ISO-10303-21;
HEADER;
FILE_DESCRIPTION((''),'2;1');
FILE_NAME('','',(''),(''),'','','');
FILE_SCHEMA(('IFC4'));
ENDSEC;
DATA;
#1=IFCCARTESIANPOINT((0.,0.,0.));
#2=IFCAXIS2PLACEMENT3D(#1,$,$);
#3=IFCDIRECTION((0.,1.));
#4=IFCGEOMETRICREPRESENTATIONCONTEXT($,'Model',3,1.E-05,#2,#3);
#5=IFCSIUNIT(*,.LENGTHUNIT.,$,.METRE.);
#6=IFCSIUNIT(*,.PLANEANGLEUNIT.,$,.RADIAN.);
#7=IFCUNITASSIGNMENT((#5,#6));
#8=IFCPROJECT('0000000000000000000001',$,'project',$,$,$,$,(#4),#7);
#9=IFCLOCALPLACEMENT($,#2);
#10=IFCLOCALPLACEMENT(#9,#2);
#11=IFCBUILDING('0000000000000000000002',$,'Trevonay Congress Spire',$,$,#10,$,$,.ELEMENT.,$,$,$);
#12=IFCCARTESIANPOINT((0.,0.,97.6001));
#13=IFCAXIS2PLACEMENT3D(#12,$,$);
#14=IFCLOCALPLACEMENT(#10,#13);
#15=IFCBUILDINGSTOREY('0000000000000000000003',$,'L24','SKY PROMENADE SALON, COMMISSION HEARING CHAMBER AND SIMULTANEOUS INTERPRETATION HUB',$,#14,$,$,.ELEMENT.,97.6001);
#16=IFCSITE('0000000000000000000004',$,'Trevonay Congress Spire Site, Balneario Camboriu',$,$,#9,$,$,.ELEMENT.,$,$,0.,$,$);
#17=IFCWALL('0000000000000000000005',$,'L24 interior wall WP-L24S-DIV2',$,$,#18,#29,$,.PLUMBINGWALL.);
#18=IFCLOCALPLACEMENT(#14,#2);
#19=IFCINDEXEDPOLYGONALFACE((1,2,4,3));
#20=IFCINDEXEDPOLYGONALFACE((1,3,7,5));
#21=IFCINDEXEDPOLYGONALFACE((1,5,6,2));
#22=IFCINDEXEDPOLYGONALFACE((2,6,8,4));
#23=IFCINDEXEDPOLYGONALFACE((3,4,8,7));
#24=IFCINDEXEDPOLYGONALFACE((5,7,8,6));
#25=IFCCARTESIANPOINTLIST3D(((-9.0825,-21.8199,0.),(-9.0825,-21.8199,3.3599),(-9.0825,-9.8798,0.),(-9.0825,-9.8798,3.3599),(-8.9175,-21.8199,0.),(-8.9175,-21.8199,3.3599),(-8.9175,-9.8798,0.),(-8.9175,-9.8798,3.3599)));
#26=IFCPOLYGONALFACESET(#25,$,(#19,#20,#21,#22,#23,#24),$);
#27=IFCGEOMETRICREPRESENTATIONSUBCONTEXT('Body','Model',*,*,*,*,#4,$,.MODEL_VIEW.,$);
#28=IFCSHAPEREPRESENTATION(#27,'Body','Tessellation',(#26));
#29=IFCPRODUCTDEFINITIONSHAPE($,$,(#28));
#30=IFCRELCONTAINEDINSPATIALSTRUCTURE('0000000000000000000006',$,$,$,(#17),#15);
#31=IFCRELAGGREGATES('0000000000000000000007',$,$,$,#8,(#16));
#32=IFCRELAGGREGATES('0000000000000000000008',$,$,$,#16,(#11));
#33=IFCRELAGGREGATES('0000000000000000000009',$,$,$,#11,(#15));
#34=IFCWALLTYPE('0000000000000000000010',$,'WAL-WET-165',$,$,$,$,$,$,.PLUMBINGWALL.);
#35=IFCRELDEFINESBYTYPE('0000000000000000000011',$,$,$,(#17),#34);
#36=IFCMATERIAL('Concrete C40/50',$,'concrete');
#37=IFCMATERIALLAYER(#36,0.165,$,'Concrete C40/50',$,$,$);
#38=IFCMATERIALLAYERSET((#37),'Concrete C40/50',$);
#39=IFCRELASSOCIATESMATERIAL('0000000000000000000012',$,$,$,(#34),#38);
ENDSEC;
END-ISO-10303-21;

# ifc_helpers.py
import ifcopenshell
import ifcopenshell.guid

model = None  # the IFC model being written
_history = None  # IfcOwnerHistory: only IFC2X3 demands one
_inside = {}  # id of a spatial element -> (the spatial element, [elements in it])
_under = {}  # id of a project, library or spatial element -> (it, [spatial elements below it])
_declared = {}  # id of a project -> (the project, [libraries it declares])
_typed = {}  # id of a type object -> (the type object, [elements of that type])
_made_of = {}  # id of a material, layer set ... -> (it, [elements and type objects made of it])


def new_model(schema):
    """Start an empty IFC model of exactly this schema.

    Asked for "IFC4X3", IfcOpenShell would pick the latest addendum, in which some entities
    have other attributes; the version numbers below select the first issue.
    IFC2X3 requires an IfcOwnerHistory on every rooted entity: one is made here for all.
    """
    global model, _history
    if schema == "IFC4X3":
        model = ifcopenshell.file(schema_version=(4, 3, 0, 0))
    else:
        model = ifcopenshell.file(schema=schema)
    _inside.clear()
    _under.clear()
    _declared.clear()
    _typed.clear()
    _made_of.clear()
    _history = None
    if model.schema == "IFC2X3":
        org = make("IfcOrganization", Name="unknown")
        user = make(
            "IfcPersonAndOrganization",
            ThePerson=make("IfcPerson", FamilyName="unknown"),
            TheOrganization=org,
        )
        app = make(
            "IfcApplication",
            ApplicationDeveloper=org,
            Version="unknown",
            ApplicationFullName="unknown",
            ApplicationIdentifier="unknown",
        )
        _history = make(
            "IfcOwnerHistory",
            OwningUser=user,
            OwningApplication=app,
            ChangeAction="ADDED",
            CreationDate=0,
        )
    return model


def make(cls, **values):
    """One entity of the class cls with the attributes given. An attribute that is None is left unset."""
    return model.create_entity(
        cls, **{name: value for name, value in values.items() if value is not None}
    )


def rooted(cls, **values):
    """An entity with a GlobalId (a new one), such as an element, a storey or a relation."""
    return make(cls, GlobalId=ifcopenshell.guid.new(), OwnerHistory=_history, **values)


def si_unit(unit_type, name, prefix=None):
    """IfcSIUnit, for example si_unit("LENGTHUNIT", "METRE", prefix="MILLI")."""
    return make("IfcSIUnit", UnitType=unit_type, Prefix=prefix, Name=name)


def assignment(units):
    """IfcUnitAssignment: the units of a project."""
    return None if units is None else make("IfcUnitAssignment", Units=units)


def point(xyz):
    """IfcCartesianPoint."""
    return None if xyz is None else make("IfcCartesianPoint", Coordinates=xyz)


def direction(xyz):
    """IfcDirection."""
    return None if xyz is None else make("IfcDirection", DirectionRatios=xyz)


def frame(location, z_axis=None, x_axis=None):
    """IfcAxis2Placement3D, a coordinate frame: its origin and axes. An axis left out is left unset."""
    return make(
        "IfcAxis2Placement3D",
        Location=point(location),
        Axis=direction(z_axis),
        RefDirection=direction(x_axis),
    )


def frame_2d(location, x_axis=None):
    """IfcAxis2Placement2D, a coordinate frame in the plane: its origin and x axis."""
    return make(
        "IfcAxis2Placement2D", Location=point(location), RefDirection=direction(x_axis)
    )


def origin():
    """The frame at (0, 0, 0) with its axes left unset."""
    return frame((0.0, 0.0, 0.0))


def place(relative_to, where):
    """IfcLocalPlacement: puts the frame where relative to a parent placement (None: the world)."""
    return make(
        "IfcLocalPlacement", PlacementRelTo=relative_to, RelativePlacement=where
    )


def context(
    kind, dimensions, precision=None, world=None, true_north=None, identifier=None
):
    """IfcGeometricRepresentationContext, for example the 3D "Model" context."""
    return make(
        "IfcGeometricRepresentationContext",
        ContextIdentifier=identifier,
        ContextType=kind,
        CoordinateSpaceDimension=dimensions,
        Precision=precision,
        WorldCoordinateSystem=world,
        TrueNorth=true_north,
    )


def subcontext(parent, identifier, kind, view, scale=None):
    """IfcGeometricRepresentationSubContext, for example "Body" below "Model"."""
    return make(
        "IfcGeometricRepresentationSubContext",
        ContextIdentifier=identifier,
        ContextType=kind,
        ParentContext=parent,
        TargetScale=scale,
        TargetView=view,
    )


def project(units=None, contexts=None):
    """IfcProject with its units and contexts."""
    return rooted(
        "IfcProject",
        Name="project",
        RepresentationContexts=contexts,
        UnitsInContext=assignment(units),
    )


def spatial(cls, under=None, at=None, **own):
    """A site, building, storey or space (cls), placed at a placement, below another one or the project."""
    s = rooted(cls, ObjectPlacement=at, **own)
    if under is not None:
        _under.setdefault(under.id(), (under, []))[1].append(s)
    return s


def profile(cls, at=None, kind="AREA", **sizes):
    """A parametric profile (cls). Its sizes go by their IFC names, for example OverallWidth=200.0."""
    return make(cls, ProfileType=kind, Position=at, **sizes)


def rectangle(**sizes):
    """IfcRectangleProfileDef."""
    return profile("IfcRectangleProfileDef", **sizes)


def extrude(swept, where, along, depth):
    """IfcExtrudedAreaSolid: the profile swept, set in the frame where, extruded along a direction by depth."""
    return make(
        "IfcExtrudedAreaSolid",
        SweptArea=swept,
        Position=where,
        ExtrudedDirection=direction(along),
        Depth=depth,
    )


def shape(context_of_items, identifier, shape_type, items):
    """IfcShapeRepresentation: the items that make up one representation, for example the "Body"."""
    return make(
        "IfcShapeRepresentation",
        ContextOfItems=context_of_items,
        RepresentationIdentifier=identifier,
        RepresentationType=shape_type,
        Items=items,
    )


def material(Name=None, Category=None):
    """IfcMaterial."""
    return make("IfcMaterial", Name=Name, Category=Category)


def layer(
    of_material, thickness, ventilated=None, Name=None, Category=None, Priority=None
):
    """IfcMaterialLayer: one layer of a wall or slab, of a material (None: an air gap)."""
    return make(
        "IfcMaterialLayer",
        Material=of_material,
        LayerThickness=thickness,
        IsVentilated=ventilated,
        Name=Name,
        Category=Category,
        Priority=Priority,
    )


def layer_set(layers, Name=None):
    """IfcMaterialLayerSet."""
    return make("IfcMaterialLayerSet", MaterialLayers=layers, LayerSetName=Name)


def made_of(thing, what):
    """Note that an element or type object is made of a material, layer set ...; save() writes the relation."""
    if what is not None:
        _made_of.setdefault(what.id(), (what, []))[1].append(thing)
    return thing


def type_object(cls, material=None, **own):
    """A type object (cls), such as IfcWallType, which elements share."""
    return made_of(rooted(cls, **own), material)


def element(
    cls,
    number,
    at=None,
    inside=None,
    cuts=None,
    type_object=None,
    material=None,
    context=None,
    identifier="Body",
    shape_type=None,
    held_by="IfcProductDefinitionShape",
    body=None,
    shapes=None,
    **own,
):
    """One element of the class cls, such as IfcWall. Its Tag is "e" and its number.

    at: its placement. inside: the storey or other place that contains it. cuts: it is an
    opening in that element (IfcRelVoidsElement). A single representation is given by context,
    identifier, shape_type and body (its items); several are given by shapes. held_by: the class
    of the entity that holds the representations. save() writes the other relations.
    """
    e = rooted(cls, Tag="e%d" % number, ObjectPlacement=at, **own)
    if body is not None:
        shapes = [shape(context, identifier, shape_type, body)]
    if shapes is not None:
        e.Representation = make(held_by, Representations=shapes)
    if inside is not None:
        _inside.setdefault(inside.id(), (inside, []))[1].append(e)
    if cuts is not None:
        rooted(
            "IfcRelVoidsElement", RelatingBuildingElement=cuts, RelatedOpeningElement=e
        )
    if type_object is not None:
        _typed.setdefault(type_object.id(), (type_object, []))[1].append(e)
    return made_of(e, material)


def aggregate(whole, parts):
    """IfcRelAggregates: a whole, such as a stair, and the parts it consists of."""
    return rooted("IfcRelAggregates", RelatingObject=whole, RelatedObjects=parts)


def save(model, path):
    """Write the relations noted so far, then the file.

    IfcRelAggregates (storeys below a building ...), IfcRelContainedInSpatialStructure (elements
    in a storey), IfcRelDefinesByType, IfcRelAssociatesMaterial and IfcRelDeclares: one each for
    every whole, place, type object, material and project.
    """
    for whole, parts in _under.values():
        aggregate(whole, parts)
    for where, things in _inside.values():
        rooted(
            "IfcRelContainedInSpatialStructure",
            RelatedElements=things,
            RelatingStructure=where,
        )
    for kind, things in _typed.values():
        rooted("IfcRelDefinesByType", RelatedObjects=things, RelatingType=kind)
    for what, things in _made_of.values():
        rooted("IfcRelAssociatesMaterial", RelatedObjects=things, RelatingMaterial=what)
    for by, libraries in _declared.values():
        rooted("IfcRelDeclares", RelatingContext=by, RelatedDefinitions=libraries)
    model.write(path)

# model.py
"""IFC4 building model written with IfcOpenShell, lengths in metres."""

from ifc_helpers import new_model, si_unit, direction, frame, frame_2d, origin, place, context, subcontext, project, spatial, rectangle, extrude, material, layer, layer_set, type_object, element, save


model = new_model("IFC4")

# Units and contexts
model_context = context("Model", 3, precision=1e-05, world=origin(), true_north=direction((0.0, 1.0)))
body_context = subcontext(model_context, "Body", "Model", "MODEL_VIEW")
ifc_project = project(units=[si_unit("LENGTHUNIT", "METRE"), si_unit("PLANEANGLEUNIT", "RADIAN")], contexts=[model_context])

# Site, building, storey
site_placement = place(None, origin())
site = spatial("IfcSite", under=ifc_project, at=site_placement, Name="Trevonay Congress Spire Site, Balneario Camboriu", CompositionType="ELEMENT", RefElevation=0.0)
building_placement = place(site_placement, origin())
building = spatial("IfcBuilding", under=site, at=building_placement, Name="Trevonay Congress Spire", CompositionType="ELEMENT")
storey_placement = place(building_placement, frame((0.0, 0.0, 97.6001)))
storey = spatial("IfcBuildingStorey", under=building, at=storey_placement, Name="L24", Description="SKY PROMENADE SALON, COMMISSION HEARING CHAMBER AND SIMULTANEOUS INTERPRETATION HUB", CompositionType="ELEMENT", Elevation=97.6001)

# Wall
ifc_material_1 = material(Name="Concrete C40/50", Category="concrete")
ifc_layer_1 = layer(ifc_material_1, 0.165, Name="Concrete C40/50")
ifc_layer_set_1 = layer_set([ifc_layer_1], Name="Concrete C40/50")
wall_type_1 = type_object("IfcWallType", Name="WAL-WET-165", PredefinedType="PLUMBINGWALL", material=ifc_layer_set_1)
wall_1_placement = place(storey_placement, frame((-9.0, -21.8201, 0.0), z_axis=(0.0, 0.0, 1.0), x_axis=(0.0, 1.0, 0.0)))
element("IfcWall", 1, at=wall_1_placement, inside=storey, type_object=wall_type_1, Name="L24 interior wall WP-L24S-DIV2", PredefinedType="PLUMBINGWALL", context=body_context, shape_type="SweptSolid", body=[
    extrude(rectangle(XDim=11.9402, YDim=0.165, at=frame_2d((5.9702, 0.0))), origin(), (0.0, 0.0, 1.0), 3.3599),
])

save(model, "model.ifc")
